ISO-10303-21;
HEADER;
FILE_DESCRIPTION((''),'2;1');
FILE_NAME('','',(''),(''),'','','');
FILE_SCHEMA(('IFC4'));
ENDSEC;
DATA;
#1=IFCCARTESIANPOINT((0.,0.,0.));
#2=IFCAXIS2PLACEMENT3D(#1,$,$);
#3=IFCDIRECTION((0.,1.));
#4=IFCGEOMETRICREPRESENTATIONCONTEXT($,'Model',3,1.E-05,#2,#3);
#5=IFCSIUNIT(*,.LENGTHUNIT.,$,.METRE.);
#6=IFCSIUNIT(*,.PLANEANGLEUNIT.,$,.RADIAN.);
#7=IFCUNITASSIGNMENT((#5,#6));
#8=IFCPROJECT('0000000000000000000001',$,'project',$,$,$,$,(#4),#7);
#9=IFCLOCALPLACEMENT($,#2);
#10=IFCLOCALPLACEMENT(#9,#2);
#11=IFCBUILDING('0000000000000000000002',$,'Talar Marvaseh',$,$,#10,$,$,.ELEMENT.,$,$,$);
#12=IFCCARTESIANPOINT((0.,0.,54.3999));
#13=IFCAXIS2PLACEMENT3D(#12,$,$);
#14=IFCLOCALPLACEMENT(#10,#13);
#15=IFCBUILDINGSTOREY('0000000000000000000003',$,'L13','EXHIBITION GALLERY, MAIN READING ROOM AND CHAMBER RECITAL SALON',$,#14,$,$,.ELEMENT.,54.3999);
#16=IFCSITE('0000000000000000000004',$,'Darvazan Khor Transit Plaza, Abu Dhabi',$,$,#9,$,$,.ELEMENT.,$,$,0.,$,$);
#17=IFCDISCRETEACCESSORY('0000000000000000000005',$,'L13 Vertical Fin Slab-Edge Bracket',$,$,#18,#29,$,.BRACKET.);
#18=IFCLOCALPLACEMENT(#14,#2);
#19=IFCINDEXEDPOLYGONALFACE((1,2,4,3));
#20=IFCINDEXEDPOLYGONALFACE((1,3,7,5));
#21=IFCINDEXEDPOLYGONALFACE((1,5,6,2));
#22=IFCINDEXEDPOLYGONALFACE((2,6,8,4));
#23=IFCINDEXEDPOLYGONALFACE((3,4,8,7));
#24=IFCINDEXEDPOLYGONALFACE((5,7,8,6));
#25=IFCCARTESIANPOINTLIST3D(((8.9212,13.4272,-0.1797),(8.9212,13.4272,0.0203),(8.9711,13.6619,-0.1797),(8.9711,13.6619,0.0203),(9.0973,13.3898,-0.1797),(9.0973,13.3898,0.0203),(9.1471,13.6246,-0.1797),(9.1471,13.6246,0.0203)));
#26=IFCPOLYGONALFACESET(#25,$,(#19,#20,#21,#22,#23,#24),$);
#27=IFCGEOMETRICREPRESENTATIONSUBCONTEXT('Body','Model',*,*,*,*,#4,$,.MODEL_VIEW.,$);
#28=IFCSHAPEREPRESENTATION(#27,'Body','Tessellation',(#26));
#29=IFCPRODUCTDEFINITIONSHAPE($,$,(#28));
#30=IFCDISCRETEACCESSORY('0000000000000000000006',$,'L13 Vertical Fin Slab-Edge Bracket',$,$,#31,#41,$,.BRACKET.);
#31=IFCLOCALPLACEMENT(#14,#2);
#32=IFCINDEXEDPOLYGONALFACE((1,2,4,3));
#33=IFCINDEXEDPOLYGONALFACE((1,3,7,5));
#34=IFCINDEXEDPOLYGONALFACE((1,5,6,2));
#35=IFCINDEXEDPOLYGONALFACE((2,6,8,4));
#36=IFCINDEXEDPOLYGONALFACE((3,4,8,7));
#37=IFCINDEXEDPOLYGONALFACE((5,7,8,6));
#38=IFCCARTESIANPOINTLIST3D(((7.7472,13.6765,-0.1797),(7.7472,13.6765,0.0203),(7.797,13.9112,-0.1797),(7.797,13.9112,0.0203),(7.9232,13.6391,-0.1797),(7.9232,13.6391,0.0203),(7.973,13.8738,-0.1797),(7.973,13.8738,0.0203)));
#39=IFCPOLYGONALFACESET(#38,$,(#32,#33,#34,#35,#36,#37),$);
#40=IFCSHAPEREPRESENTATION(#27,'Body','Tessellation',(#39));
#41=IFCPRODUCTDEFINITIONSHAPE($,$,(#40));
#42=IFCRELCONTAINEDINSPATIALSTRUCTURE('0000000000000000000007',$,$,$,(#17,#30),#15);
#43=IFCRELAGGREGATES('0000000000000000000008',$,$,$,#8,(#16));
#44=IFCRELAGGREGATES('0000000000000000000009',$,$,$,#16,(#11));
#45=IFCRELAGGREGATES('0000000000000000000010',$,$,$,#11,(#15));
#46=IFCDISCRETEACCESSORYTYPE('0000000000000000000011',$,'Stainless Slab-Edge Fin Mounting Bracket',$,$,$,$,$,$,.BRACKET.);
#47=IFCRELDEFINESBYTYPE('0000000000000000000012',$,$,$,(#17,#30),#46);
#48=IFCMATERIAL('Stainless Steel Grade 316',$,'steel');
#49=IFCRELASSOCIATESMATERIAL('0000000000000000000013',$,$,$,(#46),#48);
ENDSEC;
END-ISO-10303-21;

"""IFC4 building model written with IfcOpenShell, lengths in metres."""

from ifc_helpers import new_model, si_unit, direction, frame, origin, origin_2d, place, context, subcontext, project, spatial, rectangle, extrude, source, transform, mapped, material, type_object, type_shapes, element, save


model = new_model("IFC4")

# Units and contexts
model_context = context("Model", 3, precision=1e-05, world=origin(), true_north=direction((0.0, 1.0)))
body_context = subcontext(model_context, "Body", "Model", "MODEL_VIEW")
ifc_project = project(units=[si_unit("LENGTHUNIT", "METRE"), si_unit("PLANEANGLEUNIT", "RADIAN")], contexts=[model_context])

# Site, building, storey
site_placement = place(None, origin())
site = spatial("IfcSite", under=ifc_project, at=site_placement, Name="Darvazan Khor Transit Plaza, Abu Dhabi", CompositionType="ELEMENT", RefElevation=0.0)
building_placement = place(site_placement, origin())
building = spatial("IfcBuilding", under=site, at=building_placement, Name="Talar Marvaseh", CompositionType="ELEMENT")
storey_placement = place(building_placement, frame((0.0, 0.0, 54.3999)))
storey = spatial("IfcBuildingStorey", under=building, at=storey_placement, Name="L13", Description="EXHIBITION GALLERY, MAIN READING ROOM AND CHAMBER RECITAL SALON", CompositionType="ELEMENT", Elevation=54.3999)

# Discrete accessories
ifc_material_1 = material(Name="Stainless Steel Grade 316", Category="steel")
discrete_accessory_type = type_object("IfcDiscreteAccessoryType", Name="Stainless Slab-Edge Fin Mounting Bracket", PredefinedType="BRACKET", material=ifc_material_1)
shared_shape_1 = source(origin(), body_context, "Body", "SweptSolid", [
    extrude(rectangle(XDim=0.24, YDim=0.1799, at=origin_2d()), origin(), (0.0, 0.0, 1.0), 0.2),
])
type_shapes(discrete_accessory_type, [shared_shape_1])
for number, where, z_axis, x_axis, name in (
    (1, (9.0342, 13.5259, -0.1797), (0.0, 0.0, 1.0), (-0.207741, -0.978184, 0.0), "L13 Vertical Fin Slab-Edge Bracket"),
    (2, (7.8601, 13.7751, -0.1797), (0.0, 0.0, 1.0), (-0.207741, -0.978184, 0.0), "L13 Vertical Fin Slab-Edge Bracket"),
):
    element("IfcDiscreteAccessory", number, at=place(storey_placement, frame(where, z_axis=z_axis, x_axis=x_axis)), inside=storey, type_object=discrete_accessory_type, Name=name, PredefinedType="BRACKET", context=body_context, shape_type="MappedRepresentation", body=[
        mapped(shared_shape_1, transform((0.0, 0.0, 0.0), x_axis=(1.0, 0.0, 0.0), y_axis=(0.0, 1.0, 0.0), z_axis=(0.0, 0.0, 1.0), scale=1.0)),
    ])

save(model, "model.ifc")
